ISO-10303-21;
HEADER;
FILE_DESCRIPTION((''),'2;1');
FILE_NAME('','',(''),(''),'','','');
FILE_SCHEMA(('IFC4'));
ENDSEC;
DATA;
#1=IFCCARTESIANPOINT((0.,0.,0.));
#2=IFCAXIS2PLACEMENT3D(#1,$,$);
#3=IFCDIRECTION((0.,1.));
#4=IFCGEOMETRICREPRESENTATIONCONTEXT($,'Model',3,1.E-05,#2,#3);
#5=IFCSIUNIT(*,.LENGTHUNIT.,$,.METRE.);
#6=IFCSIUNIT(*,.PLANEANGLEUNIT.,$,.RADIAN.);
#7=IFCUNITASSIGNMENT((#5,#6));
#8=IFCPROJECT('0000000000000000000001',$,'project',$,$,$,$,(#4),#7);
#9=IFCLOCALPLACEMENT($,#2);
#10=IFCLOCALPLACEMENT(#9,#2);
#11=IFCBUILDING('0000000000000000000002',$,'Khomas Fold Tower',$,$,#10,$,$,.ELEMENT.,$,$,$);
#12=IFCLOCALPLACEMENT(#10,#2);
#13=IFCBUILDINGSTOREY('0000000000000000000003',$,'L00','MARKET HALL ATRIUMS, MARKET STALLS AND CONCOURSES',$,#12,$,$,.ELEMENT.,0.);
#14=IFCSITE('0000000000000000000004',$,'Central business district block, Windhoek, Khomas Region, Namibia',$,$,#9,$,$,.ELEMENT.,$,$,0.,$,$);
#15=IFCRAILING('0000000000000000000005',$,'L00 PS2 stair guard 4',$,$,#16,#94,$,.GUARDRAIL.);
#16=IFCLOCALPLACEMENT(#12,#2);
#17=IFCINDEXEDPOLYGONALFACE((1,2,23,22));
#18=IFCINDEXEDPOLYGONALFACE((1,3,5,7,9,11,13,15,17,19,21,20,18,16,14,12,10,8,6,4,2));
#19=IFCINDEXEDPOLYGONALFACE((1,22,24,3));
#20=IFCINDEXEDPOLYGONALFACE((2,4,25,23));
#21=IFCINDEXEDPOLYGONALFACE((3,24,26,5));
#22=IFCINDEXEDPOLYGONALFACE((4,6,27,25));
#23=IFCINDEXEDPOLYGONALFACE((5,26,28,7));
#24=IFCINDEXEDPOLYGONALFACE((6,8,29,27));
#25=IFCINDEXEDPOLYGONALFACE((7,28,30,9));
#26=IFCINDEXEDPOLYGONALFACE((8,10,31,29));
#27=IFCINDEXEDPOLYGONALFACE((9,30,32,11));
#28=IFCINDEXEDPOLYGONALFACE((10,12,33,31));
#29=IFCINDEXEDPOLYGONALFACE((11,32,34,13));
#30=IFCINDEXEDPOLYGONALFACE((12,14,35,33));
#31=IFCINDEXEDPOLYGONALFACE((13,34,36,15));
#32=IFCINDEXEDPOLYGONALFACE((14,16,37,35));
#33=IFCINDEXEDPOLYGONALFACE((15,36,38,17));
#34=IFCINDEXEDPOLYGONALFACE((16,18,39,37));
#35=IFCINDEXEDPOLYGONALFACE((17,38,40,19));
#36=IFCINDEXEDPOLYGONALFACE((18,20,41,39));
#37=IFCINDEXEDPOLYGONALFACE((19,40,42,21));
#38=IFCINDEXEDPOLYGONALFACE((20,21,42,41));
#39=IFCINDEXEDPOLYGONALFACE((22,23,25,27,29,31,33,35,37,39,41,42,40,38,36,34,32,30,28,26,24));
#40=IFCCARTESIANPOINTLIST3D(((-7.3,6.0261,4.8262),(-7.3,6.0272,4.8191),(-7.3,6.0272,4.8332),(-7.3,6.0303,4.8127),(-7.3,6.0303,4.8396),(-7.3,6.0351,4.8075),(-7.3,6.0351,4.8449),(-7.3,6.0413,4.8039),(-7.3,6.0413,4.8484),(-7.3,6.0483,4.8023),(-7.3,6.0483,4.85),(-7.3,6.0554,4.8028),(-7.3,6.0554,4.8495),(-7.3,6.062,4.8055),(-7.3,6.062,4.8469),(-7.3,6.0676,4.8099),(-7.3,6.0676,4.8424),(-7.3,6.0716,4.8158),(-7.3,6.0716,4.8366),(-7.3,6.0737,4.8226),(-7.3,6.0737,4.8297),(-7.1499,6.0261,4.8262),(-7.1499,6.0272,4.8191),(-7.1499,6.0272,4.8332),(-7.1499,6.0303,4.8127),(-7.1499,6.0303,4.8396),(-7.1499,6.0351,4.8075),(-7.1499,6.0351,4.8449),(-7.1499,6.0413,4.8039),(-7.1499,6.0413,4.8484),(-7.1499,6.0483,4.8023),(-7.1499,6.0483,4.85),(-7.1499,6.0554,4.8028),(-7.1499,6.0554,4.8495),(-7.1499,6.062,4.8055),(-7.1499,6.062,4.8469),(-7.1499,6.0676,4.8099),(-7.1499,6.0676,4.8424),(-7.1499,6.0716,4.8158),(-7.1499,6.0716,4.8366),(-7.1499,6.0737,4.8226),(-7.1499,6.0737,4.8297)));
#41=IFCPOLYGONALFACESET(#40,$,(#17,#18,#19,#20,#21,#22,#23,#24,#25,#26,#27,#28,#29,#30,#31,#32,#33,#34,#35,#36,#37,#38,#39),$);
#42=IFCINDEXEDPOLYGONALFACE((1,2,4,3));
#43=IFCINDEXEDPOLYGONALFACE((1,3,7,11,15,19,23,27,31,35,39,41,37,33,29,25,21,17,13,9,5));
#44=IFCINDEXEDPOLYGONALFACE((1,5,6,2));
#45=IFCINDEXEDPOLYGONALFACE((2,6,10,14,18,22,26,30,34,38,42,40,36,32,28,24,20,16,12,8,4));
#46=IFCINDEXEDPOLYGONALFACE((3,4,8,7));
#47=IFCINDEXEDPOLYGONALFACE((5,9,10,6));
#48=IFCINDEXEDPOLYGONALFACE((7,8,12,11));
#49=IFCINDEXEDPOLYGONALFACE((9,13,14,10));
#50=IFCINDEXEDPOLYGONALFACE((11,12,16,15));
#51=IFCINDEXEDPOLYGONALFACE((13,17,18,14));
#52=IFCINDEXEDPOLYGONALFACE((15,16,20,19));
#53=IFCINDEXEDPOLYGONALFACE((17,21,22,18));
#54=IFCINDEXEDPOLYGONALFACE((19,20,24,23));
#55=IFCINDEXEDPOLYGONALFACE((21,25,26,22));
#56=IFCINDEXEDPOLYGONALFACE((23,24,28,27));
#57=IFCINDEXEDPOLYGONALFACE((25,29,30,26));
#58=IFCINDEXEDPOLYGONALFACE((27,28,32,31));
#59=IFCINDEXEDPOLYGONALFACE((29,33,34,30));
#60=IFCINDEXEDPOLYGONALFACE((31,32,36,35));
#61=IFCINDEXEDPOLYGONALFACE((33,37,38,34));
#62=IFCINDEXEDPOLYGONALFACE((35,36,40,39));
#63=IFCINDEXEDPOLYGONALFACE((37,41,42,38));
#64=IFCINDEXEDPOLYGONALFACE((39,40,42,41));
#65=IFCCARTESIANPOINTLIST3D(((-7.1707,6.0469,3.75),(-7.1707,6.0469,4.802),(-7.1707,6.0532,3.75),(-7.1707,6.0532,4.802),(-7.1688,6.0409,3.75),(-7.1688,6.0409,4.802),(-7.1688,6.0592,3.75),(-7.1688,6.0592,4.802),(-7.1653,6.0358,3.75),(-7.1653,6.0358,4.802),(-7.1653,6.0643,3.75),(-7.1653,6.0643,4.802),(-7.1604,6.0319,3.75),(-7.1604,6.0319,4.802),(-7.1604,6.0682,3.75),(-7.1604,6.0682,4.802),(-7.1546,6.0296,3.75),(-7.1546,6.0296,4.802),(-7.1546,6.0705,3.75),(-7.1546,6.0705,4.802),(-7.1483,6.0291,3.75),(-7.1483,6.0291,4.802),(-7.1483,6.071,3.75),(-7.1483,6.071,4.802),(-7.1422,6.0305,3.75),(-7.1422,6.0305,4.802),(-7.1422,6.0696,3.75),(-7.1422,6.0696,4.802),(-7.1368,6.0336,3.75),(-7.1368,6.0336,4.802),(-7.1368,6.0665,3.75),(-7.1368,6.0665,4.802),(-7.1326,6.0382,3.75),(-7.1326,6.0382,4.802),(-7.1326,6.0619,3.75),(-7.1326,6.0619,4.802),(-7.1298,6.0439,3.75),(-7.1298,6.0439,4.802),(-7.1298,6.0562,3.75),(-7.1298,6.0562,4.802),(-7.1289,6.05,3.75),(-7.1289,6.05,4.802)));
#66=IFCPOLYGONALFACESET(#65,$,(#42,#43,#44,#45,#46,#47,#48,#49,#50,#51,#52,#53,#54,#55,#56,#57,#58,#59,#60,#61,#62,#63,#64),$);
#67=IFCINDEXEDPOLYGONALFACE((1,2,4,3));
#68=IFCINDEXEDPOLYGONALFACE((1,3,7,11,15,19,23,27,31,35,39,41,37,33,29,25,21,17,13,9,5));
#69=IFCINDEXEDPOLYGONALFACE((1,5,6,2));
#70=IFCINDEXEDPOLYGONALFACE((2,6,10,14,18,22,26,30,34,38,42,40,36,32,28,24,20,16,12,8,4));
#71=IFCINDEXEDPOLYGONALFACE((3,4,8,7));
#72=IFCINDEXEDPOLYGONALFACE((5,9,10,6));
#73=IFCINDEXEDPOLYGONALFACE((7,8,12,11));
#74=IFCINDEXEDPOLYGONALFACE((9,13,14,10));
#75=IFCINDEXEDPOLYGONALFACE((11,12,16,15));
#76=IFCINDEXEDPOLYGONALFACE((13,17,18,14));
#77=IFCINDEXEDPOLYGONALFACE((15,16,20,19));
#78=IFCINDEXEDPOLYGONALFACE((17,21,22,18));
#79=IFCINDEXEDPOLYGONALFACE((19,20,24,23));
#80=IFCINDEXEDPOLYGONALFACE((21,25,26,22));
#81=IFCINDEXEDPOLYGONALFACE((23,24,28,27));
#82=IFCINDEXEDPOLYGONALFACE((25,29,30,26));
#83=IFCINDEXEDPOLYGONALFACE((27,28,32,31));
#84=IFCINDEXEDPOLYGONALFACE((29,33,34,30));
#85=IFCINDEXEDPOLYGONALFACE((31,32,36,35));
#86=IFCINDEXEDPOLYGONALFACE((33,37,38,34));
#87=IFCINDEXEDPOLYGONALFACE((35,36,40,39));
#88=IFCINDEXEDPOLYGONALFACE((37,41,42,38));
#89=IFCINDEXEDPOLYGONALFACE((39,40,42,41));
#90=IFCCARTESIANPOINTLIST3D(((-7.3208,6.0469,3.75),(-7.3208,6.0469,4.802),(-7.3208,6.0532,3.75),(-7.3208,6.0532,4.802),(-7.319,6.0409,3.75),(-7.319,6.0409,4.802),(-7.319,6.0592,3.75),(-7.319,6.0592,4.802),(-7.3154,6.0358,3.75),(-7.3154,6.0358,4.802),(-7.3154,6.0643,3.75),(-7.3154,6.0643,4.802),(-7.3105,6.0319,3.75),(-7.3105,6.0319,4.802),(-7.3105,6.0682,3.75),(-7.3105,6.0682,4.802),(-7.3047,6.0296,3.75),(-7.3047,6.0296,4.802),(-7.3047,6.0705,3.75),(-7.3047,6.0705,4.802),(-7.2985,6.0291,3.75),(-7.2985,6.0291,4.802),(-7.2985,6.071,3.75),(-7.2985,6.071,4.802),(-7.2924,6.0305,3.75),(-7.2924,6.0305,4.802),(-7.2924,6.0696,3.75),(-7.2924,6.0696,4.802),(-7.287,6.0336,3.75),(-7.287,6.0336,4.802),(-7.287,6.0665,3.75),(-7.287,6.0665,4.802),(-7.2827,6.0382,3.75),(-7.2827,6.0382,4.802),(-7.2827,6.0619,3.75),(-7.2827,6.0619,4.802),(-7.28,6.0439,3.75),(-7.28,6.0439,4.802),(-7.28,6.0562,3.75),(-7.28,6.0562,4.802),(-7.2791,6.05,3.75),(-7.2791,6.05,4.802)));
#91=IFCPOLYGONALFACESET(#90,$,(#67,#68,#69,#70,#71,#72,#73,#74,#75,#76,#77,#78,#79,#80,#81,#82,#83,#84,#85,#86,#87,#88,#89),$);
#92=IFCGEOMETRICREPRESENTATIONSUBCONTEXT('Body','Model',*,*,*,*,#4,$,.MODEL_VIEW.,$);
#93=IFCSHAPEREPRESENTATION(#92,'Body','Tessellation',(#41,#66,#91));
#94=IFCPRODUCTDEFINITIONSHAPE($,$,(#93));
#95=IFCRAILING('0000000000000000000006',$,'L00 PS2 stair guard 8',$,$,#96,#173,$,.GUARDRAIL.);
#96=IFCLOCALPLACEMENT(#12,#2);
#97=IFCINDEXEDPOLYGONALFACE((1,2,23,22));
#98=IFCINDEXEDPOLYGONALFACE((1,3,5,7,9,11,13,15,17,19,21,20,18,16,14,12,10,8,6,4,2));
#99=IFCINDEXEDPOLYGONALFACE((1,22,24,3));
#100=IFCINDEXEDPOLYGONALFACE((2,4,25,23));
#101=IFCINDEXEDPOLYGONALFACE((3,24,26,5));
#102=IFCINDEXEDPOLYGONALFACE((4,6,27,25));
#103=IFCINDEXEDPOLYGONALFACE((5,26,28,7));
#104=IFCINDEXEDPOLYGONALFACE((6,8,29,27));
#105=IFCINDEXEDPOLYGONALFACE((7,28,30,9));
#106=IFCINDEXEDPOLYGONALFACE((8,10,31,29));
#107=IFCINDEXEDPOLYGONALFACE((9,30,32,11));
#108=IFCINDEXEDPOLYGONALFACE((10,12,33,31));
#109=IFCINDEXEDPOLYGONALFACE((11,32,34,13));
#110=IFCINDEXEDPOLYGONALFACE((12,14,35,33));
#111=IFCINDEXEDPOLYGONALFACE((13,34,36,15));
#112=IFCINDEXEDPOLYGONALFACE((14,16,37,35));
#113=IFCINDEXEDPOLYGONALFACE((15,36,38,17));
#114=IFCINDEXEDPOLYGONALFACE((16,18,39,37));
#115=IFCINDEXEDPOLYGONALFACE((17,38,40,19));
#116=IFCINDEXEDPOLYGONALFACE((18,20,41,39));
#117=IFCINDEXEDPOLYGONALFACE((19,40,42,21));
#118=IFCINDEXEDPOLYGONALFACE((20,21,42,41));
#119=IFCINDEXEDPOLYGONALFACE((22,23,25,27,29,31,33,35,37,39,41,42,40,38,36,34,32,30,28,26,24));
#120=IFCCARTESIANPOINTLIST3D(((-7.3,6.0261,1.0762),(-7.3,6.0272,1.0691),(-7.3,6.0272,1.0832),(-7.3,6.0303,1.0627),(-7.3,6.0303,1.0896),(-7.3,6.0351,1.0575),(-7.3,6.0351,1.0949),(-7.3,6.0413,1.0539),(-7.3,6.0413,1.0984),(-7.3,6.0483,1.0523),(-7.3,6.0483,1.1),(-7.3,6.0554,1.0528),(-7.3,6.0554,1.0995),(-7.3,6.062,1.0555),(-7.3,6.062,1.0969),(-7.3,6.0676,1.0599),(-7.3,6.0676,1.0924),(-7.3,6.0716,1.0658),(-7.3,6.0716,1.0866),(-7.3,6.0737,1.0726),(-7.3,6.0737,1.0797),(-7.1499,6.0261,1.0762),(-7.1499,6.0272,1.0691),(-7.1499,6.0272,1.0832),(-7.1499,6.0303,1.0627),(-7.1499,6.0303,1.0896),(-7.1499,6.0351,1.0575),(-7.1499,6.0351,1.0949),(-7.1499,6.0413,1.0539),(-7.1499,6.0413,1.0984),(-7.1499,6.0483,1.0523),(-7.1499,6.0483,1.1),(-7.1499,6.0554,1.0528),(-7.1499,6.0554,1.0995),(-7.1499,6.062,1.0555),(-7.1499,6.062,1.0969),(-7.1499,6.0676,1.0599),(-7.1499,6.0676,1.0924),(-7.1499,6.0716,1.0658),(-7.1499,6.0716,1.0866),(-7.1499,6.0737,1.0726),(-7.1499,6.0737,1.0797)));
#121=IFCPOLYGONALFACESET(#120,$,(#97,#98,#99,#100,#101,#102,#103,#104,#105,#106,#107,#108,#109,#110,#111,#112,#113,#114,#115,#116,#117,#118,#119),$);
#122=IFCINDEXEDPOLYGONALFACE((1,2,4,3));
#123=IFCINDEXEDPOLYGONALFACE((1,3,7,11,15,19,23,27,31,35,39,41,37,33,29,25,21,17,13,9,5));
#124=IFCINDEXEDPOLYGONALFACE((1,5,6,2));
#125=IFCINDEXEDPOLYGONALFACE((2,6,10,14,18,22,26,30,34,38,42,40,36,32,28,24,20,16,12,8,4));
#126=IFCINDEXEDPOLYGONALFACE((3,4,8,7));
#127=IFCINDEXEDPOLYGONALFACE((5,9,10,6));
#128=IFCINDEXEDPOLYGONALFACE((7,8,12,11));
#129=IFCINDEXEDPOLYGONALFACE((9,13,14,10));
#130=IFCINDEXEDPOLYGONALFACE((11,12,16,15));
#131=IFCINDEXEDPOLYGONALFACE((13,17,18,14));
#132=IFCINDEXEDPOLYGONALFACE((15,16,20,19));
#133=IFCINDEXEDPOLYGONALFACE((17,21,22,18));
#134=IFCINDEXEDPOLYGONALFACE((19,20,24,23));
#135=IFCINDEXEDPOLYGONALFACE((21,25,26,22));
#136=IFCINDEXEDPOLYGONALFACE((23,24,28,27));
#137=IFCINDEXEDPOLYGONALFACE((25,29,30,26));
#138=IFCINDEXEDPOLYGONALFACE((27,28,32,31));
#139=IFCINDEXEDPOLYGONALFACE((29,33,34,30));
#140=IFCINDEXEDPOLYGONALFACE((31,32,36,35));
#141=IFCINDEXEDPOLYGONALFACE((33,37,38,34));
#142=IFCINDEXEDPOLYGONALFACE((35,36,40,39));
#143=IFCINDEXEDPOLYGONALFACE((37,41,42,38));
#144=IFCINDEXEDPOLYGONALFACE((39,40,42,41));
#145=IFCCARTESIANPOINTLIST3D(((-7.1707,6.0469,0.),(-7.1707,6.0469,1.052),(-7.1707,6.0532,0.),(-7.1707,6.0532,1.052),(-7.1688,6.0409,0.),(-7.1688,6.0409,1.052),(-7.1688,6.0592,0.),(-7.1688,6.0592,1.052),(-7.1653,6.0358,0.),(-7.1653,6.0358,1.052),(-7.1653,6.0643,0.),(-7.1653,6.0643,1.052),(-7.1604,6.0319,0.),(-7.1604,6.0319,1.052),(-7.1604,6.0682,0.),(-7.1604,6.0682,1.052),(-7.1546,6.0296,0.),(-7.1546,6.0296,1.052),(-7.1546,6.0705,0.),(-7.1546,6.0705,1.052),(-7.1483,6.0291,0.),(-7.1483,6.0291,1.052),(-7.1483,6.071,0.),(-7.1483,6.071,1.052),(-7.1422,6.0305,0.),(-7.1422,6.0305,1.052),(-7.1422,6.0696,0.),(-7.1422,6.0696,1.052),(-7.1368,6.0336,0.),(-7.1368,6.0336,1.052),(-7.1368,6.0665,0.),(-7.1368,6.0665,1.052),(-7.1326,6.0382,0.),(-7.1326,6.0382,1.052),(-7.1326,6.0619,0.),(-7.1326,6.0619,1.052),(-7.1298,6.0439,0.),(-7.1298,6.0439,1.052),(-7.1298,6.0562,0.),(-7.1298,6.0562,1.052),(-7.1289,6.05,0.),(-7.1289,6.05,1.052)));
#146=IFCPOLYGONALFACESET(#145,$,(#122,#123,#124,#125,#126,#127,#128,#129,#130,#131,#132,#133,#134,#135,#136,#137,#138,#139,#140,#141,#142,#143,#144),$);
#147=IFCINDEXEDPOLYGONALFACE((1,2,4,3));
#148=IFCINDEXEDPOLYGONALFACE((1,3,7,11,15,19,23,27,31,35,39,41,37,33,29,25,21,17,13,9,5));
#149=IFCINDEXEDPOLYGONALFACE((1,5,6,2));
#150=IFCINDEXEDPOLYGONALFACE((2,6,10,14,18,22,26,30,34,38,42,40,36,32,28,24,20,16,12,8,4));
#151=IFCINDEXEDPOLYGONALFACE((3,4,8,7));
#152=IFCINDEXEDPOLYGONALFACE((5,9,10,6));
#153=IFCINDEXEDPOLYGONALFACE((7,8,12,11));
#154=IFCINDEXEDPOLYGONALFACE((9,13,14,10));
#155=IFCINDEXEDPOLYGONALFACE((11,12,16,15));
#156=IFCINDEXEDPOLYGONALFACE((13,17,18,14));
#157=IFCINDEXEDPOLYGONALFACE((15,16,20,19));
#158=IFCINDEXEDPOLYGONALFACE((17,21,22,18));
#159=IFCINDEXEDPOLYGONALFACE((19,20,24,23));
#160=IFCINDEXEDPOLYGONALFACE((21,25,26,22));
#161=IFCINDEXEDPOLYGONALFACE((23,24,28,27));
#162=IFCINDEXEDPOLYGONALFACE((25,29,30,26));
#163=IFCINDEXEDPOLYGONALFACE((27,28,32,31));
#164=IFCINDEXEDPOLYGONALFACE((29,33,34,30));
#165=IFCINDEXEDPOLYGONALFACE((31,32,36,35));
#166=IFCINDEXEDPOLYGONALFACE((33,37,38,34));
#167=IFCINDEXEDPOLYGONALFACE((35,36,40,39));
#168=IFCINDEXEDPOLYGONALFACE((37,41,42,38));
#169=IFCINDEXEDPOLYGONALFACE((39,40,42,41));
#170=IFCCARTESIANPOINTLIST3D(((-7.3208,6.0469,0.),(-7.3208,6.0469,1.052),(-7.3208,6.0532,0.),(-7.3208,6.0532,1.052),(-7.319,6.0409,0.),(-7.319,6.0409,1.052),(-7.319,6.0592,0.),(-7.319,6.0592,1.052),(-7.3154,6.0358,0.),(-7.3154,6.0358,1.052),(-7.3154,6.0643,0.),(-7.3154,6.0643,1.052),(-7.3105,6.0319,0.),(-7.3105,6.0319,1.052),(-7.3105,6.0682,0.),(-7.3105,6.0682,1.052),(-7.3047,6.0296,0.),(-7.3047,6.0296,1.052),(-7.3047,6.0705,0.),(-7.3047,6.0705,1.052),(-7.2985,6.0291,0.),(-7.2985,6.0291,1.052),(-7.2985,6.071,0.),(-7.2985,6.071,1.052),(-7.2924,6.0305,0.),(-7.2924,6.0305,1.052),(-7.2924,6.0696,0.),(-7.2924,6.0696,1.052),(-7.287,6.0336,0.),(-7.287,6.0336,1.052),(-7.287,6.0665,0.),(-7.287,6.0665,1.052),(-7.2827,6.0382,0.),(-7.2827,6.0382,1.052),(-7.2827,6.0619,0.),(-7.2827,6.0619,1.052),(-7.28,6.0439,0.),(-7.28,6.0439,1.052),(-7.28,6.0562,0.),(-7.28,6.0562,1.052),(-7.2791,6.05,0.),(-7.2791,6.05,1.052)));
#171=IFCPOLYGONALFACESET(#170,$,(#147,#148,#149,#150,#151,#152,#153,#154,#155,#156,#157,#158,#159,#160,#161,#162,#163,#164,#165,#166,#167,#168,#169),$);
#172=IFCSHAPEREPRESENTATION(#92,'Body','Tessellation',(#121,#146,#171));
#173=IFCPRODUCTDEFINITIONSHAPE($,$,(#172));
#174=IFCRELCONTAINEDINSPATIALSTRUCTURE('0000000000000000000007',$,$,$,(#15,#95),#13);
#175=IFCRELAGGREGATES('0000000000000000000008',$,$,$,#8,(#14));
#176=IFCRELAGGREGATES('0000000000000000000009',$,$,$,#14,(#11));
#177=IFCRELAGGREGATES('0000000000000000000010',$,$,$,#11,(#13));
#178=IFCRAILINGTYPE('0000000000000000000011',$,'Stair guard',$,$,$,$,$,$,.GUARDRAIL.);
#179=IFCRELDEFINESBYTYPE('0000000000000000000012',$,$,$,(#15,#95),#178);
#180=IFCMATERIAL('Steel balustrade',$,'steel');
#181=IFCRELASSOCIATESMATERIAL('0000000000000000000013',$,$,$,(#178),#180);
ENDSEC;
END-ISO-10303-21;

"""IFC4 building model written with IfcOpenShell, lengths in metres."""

from ifc_helpers import new_model, si_unit, direction, frame, origin, origin_2d, place, context, subcontext, project, spatial, circle, extrude, source, transform, mapped, material, type_object, element, save


model = new_model("IFC4")

# Units and contexts
model_context = context("Model", 3, precision=1e-05, world=origin(), true_north=direction((0.0, 1.0)))
body_context = subcontext(model_context, "Body", "Model", "MODEL_VIEW")
ifc_project = project(units=[si_unit("LENGTHUNIT", "METRE"), si_unit("PLANEANGLEUNIT", "RADIAN")], contexts=[model_context])

# Site, building, storey
site_placement = place(None, origin())
site = spatial("IfcSite", under=ifc_project, at=site_placement, Name="Central business district block, Windhoek, Khomas Region, Namibia", CompositionType="ELEMENT", RefElevation=0.0)
building_placement = place(site_placement, origin())
building = spatial("IfcBuilding", under=site, at=building_placement, Name="Khomas Fold Tower", CompositionType="ELEMENT")
storey_placement = place(building_placement, origin())
storey = spatial("IfcBuildingStorey", under=building, at=storey_placement, Name="L00", Description="MARKET HALL ATRIUMS, MARKET STALLS AND CONCOURSES", CompositionType="ELEMENT", Elevation=0.0)

# Railings
ifc_material_1 = material(Name="Steel balustrade", Category="steel")
railing_type_1 = type_object("IfcRailingType", Name="Stair guard", PredefinedType="GUARDRAIL", material=ifc_material_1)
shared_shape_1 = source(origin(), body_context, "Body", "SweptSolid", [
    extrude(circle(Radius=0.0239, at=origin_2d()), frame((0.0, 0.0, 1.0762), z_axis=(-1.0, 0.0, 0.0), x_axis=(0.0, -1.0, 0.0)), (0.0, 0.0, 1.0), 0.1501),
    extrude(circle(Radius=0.021, at=origin_2d()), origin(), (0.0, 0.0, 1.0), 1.052),
    extrude(circle(Radius=0.021, at=origin_2d()), frame((-0.1501, 0.0, 0.0)), (0.0, 0.0, 1.0), 1.052),
])
for number, where, name in (
    (1, (-7.1499, 6.05, 3.75), "L00 PS2 stair guard 4"),
    (2, (-7.1499, 6.05, 0.0), "L00 PS2 stair guard 8"),
):
    element("IfcRailing", number, at=place(storey_placement, frame(where)), inside=storey, type_object=railing_type_1, Name=name, PredefinedType="GUARDRAIL", context=body_context, shape_type="MappedRepresentation", body=[
        mapped(shared_shape_1, transform((0.0, 0.0, 0.0))),
    ])

save(model, "model.ifc")
